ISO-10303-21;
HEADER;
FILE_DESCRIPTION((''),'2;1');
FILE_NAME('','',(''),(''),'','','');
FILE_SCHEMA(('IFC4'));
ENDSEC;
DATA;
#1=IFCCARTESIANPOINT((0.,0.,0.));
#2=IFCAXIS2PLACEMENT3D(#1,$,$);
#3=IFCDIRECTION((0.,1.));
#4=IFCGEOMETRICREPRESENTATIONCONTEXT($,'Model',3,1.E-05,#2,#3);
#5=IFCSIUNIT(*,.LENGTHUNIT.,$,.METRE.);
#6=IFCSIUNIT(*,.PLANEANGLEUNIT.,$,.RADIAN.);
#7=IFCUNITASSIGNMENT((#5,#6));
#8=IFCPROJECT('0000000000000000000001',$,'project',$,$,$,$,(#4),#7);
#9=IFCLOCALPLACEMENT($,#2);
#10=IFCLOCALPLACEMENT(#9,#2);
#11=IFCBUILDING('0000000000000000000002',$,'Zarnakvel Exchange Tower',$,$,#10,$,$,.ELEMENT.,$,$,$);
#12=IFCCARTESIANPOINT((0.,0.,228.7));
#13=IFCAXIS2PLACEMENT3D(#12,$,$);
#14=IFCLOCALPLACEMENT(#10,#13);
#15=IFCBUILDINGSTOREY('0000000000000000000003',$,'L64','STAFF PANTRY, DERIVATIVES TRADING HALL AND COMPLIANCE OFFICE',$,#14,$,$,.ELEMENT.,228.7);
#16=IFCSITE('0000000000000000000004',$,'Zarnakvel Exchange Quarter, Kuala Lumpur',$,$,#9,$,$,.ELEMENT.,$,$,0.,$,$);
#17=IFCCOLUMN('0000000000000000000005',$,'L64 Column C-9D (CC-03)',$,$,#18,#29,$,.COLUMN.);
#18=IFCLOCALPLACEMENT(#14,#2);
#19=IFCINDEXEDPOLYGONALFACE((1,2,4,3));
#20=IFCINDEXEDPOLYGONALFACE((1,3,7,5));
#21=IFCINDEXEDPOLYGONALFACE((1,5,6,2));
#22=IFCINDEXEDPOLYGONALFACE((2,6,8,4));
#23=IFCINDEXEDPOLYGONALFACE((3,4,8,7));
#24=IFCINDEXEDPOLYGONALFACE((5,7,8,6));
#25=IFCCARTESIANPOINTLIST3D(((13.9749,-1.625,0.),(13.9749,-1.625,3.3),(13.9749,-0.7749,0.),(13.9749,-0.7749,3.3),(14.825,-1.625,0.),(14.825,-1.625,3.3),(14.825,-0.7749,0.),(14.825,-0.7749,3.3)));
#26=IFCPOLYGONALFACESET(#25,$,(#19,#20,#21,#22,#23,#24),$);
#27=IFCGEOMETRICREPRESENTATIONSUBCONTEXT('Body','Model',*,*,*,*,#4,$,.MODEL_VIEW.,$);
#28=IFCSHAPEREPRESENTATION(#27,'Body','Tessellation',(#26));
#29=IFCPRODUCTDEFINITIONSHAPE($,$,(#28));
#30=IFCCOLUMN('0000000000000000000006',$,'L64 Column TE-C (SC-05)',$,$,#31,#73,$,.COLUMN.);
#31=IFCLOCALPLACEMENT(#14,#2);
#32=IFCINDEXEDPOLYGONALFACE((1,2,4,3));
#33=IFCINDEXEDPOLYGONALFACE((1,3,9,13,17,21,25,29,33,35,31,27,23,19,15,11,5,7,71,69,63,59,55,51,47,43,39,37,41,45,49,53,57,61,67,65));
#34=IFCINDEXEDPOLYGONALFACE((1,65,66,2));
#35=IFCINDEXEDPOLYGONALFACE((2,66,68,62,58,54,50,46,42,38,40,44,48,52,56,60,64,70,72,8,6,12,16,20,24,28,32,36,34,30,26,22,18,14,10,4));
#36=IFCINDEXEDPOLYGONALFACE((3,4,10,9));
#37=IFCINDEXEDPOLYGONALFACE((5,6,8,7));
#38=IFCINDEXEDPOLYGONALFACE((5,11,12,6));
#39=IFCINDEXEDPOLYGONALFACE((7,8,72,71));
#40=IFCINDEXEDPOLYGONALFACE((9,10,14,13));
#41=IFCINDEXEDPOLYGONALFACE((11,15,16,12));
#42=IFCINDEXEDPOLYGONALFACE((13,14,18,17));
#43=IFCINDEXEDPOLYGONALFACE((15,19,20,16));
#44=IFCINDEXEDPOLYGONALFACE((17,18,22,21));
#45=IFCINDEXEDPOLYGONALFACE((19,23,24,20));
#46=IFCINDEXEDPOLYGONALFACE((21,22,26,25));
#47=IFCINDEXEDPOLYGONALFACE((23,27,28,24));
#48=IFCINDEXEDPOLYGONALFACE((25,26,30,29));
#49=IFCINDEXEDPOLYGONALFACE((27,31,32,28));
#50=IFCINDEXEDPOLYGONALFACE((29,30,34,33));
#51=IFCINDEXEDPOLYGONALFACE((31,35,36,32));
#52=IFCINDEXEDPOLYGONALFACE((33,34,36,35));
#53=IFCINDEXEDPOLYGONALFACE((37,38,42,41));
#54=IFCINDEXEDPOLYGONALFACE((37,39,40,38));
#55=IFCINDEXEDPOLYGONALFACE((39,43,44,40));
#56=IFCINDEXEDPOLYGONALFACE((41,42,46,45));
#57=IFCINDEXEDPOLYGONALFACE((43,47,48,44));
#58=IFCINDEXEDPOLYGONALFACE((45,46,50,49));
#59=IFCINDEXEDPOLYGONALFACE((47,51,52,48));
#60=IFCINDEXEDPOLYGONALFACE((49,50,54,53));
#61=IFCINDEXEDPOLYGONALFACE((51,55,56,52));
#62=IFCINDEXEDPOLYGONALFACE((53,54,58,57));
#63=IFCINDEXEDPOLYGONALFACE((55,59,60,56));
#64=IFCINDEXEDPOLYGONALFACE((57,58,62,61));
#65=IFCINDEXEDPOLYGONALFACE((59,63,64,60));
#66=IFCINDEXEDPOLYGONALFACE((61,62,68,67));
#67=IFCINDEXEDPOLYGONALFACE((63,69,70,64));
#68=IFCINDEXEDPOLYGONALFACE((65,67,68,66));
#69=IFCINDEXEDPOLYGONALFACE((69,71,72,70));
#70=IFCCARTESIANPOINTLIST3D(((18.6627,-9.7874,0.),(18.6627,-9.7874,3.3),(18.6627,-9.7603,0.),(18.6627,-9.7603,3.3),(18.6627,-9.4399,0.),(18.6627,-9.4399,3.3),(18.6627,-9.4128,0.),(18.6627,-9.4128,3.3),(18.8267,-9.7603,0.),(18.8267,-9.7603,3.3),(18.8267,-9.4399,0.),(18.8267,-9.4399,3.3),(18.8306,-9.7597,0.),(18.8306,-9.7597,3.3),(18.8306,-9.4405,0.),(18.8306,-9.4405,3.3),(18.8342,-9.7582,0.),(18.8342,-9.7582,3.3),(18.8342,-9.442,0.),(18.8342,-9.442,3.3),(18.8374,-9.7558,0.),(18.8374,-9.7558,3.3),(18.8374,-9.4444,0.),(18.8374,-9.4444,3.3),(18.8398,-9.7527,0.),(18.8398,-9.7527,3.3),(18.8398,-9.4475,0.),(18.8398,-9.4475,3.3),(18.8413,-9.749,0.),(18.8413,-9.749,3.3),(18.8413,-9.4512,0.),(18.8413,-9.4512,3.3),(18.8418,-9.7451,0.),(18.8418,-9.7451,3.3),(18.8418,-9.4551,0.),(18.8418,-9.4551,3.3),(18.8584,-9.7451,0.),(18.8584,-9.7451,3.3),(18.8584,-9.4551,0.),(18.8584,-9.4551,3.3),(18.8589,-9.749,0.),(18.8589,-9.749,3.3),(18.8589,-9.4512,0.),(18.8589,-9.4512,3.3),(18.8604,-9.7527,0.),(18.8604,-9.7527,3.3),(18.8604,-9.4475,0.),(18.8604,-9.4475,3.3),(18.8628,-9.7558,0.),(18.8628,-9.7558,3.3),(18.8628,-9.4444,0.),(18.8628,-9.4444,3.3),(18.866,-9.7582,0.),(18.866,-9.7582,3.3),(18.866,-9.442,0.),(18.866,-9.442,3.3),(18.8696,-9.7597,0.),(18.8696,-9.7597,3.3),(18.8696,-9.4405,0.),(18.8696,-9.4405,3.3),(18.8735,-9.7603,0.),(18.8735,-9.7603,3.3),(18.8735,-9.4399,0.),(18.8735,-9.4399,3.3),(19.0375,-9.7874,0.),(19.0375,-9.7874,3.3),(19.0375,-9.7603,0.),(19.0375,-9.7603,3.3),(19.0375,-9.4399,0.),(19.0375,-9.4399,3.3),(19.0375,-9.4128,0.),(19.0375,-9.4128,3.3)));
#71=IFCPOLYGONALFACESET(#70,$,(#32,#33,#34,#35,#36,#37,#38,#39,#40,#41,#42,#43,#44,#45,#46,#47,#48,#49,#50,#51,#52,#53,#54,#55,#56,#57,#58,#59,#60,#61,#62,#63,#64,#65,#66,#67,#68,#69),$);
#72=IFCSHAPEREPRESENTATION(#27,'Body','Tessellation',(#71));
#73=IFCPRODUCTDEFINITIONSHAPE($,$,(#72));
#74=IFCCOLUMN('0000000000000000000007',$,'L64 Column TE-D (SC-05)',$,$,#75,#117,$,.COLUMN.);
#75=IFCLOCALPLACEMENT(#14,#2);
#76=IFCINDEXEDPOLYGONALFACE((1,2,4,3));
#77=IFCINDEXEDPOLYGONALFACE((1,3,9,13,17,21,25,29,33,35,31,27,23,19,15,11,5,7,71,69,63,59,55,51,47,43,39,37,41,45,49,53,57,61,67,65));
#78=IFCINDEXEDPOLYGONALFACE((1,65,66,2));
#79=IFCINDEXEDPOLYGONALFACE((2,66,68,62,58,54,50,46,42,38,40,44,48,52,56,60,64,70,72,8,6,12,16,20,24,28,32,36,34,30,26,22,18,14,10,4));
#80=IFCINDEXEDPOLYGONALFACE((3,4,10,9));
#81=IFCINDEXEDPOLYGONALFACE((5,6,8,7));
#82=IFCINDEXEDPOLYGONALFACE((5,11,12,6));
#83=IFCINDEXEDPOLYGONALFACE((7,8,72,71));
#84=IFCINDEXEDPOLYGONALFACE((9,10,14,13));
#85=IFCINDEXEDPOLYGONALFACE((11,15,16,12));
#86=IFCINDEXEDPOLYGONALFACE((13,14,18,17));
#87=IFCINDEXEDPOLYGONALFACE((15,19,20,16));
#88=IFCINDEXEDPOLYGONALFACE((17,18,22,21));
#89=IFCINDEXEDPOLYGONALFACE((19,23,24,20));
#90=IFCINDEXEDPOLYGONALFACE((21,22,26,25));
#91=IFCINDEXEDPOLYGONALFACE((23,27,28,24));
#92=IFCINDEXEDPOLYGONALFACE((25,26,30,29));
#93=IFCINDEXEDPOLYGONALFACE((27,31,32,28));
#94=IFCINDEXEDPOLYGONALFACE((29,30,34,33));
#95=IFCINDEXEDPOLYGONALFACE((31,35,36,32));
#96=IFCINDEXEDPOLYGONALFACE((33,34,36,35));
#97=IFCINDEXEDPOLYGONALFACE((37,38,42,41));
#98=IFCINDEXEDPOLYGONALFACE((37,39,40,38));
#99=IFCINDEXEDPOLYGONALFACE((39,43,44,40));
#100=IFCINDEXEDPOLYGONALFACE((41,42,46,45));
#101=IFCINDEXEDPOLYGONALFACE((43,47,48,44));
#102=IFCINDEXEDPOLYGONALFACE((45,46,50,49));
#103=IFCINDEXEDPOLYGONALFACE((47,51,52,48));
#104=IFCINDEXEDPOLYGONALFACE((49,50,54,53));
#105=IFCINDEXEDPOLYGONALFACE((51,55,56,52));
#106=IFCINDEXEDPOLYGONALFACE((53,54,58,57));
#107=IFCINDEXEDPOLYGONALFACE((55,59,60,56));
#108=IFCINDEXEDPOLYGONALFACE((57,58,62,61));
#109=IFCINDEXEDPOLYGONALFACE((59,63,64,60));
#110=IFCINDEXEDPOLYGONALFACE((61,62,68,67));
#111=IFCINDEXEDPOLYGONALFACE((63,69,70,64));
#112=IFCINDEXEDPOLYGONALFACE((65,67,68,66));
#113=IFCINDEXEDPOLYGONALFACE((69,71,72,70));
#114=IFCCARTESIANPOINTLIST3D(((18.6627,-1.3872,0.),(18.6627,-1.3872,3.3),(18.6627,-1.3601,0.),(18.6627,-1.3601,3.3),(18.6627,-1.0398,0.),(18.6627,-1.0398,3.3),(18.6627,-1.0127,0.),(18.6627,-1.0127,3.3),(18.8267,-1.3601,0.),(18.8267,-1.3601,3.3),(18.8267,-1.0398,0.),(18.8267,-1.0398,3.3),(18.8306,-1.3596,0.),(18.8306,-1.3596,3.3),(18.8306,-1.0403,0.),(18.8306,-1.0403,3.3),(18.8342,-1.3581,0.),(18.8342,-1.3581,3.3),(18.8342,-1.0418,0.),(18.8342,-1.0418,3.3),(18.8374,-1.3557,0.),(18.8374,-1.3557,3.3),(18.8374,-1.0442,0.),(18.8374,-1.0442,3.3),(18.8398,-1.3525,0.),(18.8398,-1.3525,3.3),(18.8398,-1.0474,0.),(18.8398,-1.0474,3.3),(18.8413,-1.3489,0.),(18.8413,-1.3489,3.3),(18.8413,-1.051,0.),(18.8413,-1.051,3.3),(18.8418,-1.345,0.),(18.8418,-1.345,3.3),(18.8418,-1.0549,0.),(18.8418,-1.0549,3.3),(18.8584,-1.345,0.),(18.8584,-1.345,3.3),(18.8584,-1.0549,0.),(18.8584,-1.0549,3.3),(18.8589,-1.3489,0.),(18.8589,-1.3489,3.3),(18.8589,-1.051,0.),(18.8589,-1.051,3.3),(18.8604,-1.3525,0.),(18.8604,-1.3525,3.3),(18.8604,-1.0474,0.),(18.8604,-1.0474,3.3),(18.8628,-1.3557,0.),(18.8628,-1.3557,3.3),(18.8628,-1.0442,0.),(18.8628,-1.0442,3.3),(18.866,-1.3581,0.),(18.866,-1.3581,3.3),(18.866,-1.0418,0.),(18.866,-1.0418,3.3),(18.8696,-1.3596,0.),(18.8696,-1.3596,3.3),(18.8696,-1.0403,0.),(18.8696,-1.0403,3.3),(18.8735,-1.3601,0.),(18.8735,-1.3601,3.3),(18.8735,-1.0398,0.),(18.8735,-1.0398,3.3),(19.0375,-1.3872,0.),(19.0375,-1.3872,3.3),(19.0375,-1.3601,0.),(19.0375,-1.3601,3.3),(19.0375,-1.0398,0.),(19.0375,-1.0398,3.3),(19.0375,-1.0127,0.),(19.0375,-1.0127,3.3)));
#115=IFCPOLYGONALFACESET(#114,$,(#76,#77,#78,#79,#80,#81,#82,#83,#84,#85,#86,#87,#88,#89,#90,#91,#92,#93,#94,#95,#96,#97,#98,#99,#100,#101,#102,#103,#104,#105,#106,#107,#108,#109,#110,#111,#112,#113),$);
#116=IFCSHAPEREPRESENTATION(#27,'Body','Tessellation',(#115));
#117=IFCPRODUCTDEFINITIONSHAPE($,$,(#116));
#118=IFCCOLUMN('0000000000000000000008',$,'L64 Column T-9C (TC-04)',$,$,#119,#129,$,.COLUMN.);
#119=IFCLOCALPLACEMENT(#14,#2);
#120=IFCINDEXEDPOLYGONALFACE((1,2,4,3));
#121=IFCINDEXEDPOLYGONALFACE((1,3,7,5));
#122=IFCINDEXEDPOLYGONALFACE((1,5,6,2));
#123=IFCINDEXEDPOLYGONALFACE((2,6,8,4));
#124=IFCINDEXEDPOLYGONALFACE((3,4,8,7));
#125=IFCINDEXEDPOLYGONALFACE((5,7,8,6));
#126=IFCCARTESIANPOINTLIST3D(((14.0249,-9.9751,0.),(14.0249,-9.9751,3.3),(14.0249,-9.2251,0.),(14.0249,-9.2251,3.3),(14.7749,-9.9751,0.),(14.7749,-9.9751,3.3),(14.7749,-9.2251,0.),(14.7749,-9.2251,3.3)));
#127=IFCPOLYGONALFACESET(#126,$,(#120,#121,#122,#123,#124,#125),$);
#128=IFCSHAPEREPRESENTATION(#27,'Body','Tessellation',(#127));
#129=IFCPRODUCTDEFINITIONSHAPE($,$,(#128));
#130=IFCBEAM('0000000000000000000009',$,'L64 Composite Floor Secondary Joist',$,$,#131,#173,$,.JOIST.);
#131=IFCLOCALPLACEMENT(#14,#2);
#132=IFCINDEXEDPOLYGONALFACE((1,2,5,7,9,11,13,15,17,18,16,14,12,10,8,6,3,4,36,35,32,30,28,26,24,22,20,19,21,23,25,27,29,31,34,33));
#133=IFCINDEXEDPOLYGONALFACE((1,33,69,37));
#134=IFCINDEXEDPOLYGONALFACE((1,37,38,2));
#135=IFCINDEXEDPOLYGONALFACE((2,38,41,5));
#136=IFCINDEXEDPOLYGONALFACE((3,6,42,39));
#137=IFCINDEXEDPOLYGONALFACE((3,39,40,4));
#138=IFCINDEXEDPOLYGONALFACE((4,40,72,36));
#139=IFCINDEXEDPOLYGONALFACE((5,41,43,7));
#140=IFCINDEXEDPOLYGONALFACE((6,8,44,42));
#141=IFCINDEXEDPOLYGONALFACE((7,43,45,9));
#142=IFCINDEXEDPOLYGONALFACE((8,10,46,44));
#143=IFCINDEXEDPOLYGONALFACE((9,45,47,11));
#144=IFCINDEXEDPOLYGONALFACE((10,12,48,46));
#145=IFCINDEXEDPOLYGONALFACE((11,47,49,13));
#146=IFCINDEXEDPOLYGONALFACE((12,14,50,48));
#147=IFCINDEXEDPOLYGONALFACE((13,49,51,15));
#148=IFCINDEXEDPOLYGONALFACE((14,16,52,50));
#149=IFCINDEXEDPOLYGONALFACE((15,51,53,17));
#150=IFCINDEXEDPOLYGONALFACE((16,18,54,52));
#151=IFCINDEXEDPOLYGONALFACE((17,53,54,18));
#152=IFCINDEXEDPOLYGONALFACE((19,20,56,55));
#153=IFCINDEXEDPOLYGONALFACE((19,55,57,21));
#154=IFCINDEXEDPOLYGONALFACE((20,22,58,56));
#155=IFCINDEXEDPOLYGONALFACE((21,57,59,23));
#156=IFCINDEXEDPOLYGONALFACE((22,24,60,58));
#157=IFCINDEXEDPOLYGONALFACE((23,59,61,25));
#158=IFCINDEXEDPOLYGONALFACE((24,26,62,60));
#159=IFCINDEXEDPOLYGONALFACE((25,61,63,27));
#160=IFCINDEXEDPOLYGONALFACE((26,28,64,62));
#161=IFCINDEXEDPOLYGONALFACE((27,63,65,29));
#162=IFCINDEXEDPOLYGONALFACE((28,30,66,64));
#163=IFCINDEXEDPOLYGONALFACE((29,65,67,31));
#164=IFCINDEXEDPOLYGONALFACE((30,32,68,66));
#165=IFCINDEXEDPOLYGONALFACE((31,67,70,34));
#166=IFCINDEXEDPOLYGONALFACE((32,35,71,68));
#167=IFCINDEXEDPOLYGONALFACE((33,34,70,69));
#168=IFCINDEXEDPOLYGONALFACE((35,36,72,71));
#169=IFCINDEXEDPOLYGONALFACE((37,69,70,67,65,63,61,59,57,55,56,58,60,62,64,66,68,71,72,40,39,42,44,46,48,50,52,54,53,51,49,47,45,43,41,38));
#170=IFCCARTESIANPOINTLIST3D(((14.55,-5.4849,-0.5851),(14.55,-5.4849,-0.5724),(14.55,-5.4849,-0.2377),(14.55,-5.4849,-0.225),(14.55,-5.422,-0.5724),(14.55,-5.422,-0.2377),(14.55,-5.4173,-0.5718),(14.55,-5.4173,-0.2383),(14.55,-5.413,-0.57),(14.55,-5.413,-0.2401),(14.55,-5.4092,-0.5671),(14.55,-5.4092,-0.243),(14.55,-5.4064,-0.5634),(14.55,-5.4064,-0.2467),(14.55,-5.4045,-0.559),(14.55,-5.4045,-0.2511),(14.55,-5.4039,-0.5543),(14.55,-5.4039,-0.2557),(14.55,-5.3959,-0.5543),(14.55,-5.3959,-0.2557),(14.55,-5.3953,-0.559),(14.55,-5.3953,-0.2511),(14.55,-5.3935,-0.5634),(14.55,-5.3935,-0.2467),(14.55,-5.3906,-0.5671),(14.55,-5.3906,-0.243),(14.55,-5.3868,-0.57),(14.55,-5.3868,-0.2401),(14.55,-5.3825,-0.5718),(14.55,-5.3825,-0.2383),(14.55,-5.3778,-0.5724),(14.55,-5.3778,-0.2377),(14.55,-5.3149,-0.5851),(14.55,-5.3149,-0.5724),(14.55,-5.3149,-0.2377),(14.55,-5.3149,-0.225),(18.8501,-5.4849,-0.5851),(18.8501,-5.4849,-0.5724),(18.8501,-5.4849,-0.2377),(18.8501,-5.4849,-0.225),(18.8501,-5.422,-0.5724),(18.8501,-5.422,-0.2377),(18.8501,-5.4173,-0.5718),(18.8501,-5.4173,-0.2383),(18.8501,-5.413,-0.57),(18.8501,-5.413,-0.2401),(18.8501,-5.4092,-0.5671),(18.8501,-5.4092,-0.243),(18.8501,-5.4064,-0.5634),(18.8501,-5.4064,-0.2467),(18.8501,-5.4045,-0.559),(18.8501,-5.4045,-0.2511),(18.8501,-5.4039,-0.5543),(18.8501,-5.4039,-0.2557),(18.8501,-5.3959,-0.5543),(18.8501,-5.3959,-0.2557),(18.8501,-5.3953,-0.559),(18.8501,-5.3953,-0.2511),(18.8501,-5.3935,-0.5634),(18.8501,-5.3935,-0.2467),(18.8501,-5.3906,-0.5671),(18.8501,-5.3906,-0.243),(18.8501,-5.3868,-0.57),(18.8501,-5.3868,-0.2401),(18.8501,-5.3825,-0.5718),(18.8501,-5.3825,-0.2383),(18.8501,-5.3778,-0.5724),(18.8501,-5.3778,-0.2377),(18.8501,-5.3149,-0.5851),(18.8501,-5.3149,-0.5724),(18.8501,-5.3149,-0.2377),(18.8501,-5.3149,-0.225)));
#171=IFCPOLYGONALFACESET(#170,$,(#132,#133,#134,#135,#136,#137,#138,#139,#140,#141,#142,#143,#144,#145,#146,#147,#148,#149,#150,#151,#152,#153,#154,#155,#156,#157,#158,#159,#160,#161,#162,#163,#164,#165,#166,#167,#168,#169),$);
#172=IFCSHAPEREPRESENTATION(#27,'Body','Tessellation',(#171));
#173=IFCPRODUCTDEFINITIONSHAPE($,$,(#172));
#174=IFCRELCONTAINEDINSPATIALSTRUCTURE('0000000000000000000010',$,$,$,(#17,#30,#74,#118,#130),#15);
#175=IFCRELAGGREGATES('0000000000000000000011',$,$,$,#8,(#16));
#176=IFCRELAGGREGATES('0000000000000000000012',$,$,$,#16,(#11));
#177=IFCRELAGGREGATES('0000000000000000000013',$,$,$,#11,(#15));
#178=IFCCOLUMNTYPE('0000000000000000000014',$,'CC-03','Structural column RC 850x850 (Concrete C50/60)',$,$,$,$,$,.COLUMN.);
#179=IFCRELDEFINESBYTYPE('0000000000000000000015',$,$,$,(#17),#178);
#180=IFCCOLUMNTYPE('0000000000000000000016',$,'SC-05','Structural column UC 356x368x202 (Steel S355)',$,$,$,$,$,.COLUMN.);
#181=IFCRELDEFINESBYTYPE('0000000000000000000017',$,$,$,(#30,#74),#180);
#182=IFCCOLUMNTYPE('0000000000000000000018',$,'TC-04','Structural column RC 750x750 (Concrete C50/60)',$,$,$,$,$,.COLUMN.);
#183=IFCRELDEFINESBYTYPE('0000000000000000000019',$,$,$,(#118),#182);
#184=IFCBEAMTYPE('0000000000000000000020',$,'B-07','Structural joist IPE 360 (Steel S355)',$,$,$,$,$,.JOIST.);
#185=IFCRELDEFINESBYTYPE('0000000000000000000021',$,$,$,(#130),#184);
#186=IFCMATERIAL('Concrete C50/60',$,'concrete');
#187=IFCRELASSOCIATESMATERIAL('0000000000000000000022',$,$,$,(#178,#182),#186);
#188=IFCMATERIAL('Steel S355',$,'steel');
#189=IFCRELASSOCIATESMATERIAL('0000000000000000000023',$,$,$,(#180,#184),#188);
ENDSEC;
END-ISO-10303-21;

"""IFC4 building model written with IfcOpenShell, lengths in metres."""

from ifc_helpers import new_model, si_unit, direction, frame, origin, origin_2d, place, context, subcontext, project, spatial, rectangle, i_section, extrude, material, material_profile, profile_set, type_object, element, save


model = new_model("IFC4")

# Units and contexts
model_context = context("Model", 3, precision=1e-05, world=origin(), true_north=direction((0.0, 1.0)))
body_context = subcontext(model_context, "Body", "Model", "MODEL_VIEW")
ifc_project = project(units=[si_unit("LENGTHUNIT", "METRE"), si_unit("PLANEANGLEUNIT", "RADIAN")], contexts=[model_context])

# Site, building, storey
site_placement = place(None, origin())
site = spatial("IfcSite", under=ifc_project, at=site_placement, Name="Zarnakvel Exchange Quarter, Kuala Lumpur", CompositionType="ELEMENT", RefElevation=0.0)
building_placement = place(site_placement, origin())
building = spatial("IfcBuilding", under=site, at=building_placement, Name="Zarnakvel Exchange Tower", CompositionType="ELEMENT")
storey_placement = place(building_placement, frame((0.0, 0.0, 228.7)))
storey = spatial("IfcBuildingStorey", under=building, at=storey_placement, Name="L64", Description="STAFF PANTRY, DERIVATIVES TRADING HALL AND COMPLIANCE OFFICE", CompositionType="ELEMENT", Elevation=228.7)

# Columns
ifc_material_1 = material(Name="Concrete C50/60", Category="concrete")
ifc_material_profile_1 = material_profile(ifc_material_1, rectangle(XDim=0.8501, YDim=0.8501, at=origin_2d()))
ifc_profile_set_1 = profile_set([ifc_material_profile_1], Name="Concrete C50/60")
column_type_1 = type_object("IfcColumnType", Name="CC-03", Description="Structural column RC 850x850 (Concrete C50/60)", PredefinedType="COLUMN", material=ifc_profile_set_1)
column_1_placement = place(storey_placement, frame((14.3999, -1.2, 0.0), z_axis=(0.0, 0.0, 1.0), x_axis=(1.0, 0.0, 0.0)))
element("IfcColumn", 1, at=column_1_placement, inside=storey, type_object=column_type_1, Name="L64 Column C-9D (CC-03)", PredefinedType="COLUMN", context=body_context, shape_type="SweptSolid", body=[
    extrude(rectangle(XDim=0.8501, YDim=0.8501, at=origin_2d()), origin(), (0.0, 0.0, 1.0), 3.3),
])
ifc_material_2 = material(Name="Steel S355", Category="steel")
ifc_material_profile_2 = material_profile(ifc_material_2, i_section(OverallWidth=0.3748, OverallDepth=0.3745, WebThickness=0.0166, FlangeThickness=0.0271, FilletRadius=0.0151, at=origin_2d()))
ifc_profile_set_2 = profile_set([ifc_material_profile_2], Name="Steel S355")
column_type_2 = type_object("IfcColumnType", Name="SC-05", Description="Structural column UC 356x368x202 (Steel S355)", PredefinedType="COLUMN", material=ifc_profile_set_2)
for number, where, z_axis, x_axis, name in (
    (2, (18.8501, -9.6001, 0.0), (0.0, 0.0, 1.0), (1.0, 0.0, 0.0), "L64 Column TE-C (SC-05)"),
    (3, (18.8501, -1.2, 0.0), (0.0, 0.0, 1.0), (1.0, 0.0, 0.0), "L64 Column TE-D (SC-05)"),
):
    element("IfcColumn", number, at=place(storey_placement, frame(where, z_axis=z_axis, x_axis=x_axis)), inside=storey, type_object=column_type_2, Name=name, PredefinedType="COLUMN", context=body_context, shape_type="SweptSolid", body=[
        extrude(i_section(OverallWidth=0.3748, OverallDepth=0.3745, WebThickness=0.0166, FlangeThickness=0.0271, FilletRadius=0.0151, at=origin_2d()), origin(), (0.0, 0.0, 1.0), 3.3),
    ])
ifc_material_profile_3 = material_profile(ifc_material_1, rectangle(XDim=0.75, YDim=0.75, at=origin_2d()))
ifc_profile_set_3 = profile_set([ifc_material_profile_3], Name="Concrete C50/60")
column_type_3 = type_object("IfcColumnType", Name="TC-04", Description="Structural column RC 750x750 (Concrete C50/60)", PredefinedType="COLUMN", material=ifc_profile_set_3)
column_2_placement = place(storey_placement, frame((14.3999, -9.6001, 0.0), z_axis=(0.0, 0.0, 1.0), x_axis=(1.0, 0.0, 0.0)))
element("IfcColumn", 4, at=column_2_placement, inside=storey, type_object=column_type_3, Name="L64 Column T-9C (TC-04)", PredefinedType="COLUMN", context=body_context, shape_type="SweptSolid", body=[
    extrude(rectangle(XDim=0.75, YDim=0.75, at=origin_2d()), origin(), (0.0, 0.0, 1.0), 3.3),
])

# Beam
ifc_material_profile_4 = material_profile(ifc_material_2, i_section(OverallWidth=0.1699, OverallDepth=0.3601, WebThickness=0.0081, FlangeThickness=0.0127, FilletRadius=0.0181, at=origin_2d()))
ifc_profile_set_4 = profile_set([ifc_material_profile_4], Name="Steel S355")
beam_type_1 = type_object("IfcBeamType", Name="B-07", Description="Structural joist IPE 360 (Steel S355)", PredefinedType="JOIST", material=ifc_profile_set_4)
beam_1_placement = place(storey_placement, frame((14.55, -5.3999, -0.405), z_axis=(1.0, 0.0, 0.0), x_axis=(0.0, 1.0, 0.0)))
element("IfcBeam", 5, at=beam_1_placement, inside=storey, type_object=beam_type_1, Name="L64 Composite Floor Secondary Joist", PredefinedType="JOIST", context=body_context, shape_type="SweptSolid", body=[
    extrude(i_section(OverallWidth=0.1699, OverallDepth=0.3601, WebThickness=0.0081, FlangeThickness=0.0127, FilletRadius=0.0181, at=origin_2d()), origin(), (0.0, 0.0, 1.0), 4.3),
])

save(model, "model.ifc")
